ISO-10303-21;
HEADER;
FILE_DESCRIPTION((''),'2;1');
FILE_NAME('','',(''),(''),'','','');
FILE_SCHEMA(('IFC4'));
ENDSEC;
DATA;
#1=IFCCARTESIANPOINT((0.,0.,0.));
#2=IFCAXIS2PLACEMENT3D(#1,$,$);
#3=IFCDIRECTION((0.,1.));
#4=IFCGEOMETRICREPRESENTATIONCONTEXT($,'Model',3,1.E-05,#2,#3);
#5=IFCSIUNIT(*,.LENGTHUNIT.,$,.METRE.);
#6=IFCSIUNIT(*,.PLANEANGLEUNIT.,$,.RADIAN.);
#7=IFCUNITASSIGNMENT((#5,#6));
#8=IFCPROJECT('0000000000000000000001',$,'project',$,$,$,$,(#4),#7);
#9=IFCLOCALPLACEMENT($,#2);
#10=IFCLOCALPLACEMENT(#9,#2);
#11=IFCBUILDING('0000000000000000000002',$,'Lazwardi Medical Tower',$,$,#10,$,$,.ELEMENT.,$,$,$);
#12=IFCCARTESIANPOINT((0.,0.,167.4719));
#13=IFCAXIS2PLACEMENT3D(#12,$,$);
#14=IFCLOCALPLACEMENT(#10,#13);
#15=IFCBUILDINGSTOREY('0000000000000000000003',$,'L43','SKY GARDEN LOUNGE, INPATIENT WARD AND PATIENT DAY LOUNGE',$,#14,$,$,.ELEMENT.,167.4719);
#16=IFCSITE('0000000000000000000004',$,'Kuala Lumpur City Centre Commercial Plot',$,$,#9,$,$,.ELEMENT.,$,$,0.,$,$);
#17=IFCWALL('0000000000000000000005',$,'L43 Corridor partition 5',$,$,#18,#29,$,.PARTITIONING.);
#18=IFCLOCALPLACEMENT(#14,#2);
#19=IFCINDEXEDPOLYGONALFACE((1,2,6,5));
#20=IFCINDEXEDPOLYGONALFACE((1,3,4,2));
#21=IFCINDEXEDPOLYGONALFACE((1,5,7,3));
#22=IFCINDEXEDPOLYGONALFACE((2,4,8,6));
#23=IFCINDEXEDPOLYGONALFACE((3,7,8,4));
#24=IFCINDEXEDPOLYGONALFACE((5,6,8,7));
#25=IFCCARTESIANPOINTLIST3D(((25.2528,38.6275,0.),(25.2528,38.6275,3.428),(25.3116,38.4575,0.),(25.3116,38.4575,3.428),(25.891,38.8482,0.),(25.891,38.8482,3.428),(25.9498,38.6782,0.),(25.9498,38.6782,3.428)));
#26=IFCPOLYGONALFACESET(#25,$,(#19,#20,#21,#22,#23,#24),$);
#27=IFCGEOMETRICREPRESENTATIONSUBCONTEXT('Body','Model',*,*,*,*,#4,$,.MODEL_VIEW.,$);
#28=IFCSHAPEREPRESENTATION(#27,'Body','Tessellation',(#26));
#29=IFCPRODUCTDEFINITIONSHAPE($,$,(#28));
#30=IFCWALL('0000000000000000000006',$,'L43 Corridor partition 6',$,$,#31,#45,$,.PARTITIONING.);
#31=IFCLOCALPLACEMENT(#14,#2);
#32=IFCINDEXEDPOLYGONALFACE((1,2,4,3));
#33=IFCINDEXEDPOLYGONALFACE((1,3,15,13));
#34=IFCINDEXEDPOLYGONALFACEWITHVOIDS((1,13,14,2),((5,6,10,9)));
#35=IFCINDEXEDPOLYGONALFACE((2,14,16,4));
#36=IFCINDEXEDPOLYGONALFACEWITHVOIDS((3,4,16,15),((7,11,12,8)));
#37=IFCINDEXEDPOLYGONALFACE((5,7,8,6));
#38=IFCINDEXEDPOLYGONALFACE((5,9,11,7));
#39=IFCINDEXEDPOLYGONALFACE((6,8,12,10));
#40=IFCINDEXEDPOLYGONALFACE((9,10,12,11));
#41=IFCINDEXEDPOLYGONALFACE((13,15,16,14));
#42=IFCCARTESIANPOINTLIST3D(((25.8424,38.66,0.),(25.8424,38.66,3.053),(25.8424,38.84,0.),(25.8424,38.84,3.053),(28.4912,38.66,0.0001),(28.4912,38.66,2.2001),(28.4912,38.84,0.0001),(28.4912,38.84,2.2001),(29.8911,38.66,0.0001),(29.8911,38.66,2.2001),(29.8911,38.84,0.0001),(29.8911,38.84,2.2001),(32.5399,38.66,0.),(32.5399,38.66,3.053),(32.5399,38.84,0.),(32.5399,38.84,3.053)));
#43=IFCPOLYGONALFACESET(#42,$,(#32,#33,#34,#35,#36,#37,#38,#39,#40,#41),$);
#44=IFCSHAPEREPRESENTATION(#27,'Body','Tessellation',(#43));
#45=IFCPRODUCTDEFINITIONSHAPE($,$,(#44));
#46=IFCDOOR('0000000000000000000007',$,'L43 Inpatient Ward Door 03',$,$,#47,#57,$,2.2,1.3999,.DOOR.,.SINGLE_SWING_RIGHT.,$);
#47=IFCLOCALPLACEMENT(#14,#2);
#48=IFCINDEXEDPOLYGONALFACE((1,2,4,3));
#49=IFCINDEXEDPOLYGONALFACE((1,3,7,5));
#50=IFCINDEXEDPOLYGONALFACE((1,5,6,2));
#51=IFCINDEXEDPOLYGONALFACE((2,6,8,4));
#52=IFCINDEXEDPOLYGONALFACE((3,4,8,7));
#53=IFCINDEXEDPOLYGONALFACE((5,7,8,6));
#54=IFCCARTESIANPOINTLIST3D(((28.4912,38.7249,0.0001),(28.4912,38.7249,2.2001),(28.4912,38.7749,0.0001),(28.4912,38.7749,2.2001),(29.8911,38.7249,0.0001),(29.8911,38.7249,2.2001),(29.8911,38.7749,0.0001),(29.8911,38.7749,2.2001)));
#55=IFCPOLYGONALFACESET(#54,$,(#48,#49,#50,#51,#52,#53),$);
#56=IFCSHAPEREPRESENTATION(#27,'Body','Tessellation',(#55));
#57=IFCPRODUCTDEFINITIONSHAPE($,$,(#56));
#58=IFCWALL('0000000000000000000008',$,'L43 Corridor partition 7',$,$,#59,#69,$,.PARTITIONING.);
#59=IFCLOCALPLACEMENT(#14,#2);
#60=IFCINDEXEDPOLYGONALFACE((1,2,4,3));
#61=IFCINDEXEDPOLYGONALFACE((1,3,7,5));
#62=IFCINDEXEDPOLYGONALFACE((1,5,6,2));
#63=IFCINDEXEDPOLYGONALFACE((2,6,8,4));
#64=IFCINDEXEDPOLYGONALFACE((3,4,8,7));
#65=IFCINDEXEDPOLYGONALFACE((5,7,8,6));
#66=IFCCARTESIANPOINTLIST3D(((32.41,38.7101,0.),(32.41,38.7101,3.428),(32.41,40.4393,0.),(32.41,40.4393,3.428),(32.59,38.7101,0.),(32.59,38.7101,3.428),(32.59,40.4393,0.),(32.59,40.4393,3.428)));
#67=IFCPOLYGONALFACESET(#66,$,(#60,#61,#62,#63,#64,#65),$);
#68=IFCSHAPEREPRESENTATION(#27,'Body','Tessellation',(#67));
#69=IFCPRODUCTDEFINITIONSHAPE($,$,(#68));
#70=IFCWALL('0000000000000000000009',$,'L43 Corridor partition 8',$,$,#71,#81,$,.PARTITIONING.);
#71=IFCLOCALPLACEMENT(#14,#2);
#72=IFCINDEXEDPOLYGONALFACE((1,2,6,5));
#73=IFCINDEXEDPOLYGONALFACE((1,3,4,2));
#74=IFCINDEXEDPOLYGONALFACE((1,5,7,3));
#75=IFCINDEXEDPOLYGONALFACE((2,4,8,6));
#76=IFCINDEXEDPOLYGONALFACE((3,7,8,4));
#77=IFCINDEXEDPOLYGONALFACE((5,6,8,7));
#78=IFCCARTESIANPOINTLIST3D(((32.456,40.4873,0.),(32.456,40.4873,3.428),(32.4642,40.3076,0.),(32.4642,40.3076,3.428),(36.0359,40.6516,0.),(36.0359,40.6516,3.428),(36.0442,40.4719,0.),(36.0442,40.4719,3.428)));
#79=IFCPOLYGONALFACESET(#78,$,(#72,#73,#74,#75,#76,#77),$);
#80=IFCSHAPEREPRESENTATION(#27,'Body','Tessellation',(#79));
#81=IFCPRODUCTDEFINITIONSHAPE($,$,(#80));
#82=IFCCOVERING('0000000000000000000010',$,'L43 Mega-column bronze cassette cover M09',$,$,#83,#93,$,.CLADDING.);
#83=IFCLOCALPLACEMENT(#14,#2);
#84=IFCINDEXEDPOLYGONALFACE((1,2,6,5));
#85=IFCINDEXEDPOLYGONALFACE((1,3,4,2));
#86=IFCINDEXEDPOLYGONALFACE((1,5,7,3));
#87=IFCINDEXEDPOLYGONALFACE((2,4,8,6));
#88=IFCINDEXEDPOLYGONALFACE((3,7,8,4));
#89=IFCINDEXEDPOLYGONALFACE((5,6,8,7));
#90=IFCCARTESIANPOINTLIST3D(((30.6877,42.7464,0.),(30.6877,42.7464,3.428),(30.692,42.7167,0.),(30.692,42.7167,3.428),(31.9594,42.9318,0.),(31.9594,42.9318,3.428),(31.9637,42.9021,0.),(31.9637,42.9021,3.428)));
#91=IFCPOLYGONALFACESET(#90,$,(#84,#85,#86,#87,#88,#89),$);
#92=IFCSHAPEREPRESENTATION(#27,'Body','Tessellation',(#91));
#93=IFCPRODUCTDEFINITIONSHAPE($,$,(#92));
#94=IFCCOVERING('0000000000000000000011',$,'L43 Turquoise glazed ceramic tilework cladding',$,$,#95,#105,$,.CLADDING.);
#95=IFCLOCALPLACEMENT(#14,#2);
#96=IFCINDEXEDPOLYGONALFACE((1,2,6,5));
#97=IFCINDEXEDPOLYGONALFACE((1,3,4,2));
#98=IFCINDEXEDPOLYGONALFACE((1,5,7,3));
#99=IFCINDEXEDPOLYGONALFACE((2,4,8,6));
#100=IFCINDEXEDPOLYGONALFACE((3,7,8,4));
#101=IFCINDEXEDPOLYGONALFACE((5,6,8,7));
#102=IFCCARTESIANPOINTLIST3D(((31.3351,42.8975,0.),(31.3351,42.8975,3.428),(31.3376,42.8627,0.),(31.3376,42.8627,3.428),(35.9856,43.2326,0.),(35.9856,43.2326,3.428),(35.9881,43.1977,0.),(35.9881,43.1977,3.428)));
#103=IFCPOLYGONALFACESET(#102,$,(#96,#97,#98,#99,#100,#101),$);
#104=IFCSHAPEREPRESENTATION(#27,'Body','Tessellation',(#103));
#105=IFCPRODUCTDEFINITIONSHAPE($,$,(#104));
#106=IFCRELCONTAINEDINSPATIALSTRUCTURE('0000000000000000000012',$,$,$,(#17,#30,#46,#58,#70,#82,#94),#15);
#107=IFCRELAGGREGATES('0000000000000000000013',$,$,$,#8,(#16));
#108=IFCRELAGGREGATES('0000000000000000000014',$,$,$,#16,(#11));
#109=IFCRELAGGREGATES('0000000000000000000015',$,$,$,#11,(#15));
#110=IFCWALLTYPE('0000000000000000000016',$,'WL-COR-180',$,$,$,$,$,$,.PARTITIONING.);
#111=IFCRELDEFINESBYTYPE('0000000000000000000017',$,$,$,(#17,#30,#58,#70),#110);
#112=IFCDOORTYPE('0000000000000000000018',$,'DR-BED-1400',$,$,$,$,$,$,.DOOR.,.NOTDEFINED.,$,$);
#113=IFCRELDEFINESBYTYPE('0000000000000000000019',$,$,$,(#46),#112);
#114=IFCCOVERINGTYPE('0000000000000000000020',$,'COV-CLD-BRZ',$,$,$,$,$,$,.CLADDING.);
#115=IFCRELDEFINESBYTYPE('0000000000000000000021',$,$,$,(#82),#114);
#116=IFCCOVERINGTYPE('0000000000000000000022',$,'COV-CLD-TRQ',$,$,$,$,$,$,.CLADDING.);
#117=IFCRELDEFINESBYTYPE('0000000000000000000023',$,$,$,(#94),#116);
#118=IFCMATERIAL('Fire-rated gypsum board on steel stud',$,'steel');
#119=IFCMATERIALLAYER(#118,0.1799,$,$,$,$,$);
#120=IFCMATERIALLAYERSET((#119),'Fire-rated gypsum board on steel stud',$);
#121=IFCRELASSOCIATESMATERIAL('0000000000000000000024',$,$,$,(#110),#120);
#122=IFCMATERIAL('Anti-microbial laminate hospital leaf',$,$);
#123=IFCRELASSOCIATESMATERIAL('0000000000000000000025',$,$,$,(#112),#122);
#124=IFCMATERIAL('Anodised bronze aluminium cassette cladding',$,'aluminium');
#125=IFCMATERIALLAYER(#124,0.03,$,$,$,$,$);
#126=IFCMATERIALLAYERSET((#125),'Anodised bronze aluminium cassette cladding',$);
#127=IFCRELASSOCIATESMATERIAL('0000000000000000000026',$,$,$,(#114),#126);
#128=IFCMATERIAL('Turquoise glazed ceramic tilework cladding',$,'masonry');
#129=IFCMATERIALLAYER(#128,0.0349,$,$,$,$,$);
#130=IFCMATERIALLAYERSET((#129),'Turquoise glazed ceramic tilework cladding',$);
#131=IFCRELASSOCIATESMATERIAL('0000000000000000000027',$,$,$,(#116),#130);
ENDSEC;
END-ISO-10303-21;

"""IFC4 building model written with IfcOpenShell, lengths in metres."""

from ifc_helpers import new_model, si_unit, direction, frame, frame_2d, origin, origin_2d, place, context, subcontext, project, spatial, rectangle, extrude, material, layer, layer_set, type_object, element, fill, save


model = new_model("IFC4")

# Units and contexts
model_context = context("Model", 3, precision=1e-05, world=origin(), true_north=direction((0.0, 1.0)))
body_context = subcontext(model_context, "Body", "Model", "MODEL_VIEW")
ifc_project = project(units=[si_unit("LENGTHUNIT", "METRE"), si_unit("PLANEANGLEUNIT", "RADIAN")], contexts=[model_context])

# Site, building, storey
site_placement = place(None, origin())
site = spatial("IfcSite", under=ifc_project, at=site_placement, Name="Kuala Lumpur City Centre Commercial Plot", CompositionType="ELEMENT", RefElevation=0.0)
building_placement = place(site_placement, origin())
building = spatial("IfcBuilding", under=site, at=building_placement, Name="Lazwardi Medical Tower", CompositionType="ELEMENT")
storey_placement = place(building_placement, frame((0.0, 0.0, 167.4719)))
storey = spatial("IfcBuildingStorey", under=building, at=storey_placement, Name="L43", Description="SKY GARDEN LOUNGE, INPATIENT WARD AND PATIENT DAY LOUNGE", CompositionType="ELEMENT", Elevation=167.4719)

# Wall
ifc_material_1 = material(Name="Fire-rated gypsum board on steel stud", Category="steel")
ifc_layer_1 = layer(ifc_material_1, 0.1799)
ifc_layer_set_1 = layer_set([ifc_layer_1], Name="Fire-rated gypsum board on steel stud")
wall_type = type_object("IfcWallType", Name="WL-COR-180", PredefinedType="PARTITIONING", material=ifc_layer_set_1)
wall_1_placement = place(storey_placement, frame((25.2822, 38.5425, 0.0), z_axis=(0.0, 0.0, 1.0), x_axis=(0.945081, 0.326837, 0.0)))
element("IfcWall", 1, at=wall_1_placement, inside=storey, type_object=wall_type, Name="L43 Corridor partition 5", PredefinedType="PARTITIONING", context=body_context, shape_type="SweptSolid", body=[
    extrude(rectangle(XDim=0.6753, YDim=0.1799, at=frame_2d((0.3376, 0.0))), origin(), (0.0, 0.0, 1.0), 3.428),
])

# Wall, opening, door
wall_2_placement = place(storey_placement, frame((25.8425, 38.75, 0.0), z_axis=(0.0, 0.0, 1.0), x_axis=(1.0, 0.0, 0.0)))
wall_2 = element("IfcWall", 2, at=wall_2_placement, inside=storey, type_object=wall_type, Name="L43 Corridor partition 6", PredefinedType="PARTITIONING", context=body_context, shape_type="SweptSolid", body=[
    extrude(rectangle(XDim=6.6975, YDim=0.1799, at=frame_2d((3.3486, 0.0))), origin(), (0.0, 0.0, 1.0), 3.053),
])
opening_placement = place(wall_2_placement, frame((2.6487, 0.0, 0.0)))
opening = element("IfcOpeningElement", 3, at=opening_placement, cuts=wall_2, PredefinedType="OPENING", context=body_context, shape_type="SweptSolid", body=[
    extrude(rectangle(XDim=1.3999, YDim=2.2, at=frame_2d((0.7, 1.1001))), frame((0.0, 0.0999, 0.0), z_axis=(0.0, -1.0, 0.0), x_axis=(1.0, 0.0, 0.0)), (0.0, 0.0, 1.0), 0.2),
])
ifc_material_2 = material(Name="Anti-microbial laminate hospital leaf")
door_type = type_object("IfcDoorType", Name="DR-BED-1400", OperationType="NOTDEFINED", PredefinedType="DOOR", material=ifc_material_2)
door_placement = place(opening_placement, origin())
door = element("IfcDoor", 4, at=door_placement, inside=storey, type_object=door_type, Name="L43 Inpatient Ward Door 03", OperationType="SINGLE_SWING_RIGHT", OverallHeight=2.2, OverallWidth=1.3999, PredefinedType="DOOR", context=body_context, shape_type="SweptSolid", body=[
    extrude(rectangle(XDim=1.3999, YDim=2.2, at=frame_2d((0.7, 1.1001))), frame((0.0, 0.0249, 0.0), z_axis=(0.0, -1.0, 0.0), x_axis=(1.0, 0.0, 0.0)), (0.0, 0.0, 1.0), 0.05),
])
fill(opening, door)

# Walls
wall_3_placement = place(storey_placement, frame((32.5, 38.71, 0.0), z_axis=(0.0, 0.0, 1.0), x_axis=(0.0, 1.0, 0.0)))
element("IfcWall", 5, at=wall_3_placement, inside=storey, type_object=wall_type, Name="L43 Corridor partition 7", PredefinedType="PARTITIONING", context=body_context, shape_type="SweptSolid", body=[
    extrude(rectangle(XDim=1.7292, YDim=0.1799, at=frame_2d((0.8647, 0.0))), origin(), (0.0, 0.0, 1.0), 3.428),
])
wall_4_placement = place(storey_placement, frame((32.46, 40.3975, 0.0), z_axis=(0.0, 0.0, 1.0), x_axis=(0.998948, 0.045846, 0.0)))
element("IfcWall", 6, at=wall_4_placement, inside=storey, type_object=wall_type, Name="L43 Corridor partition 8", PredefinedType="PARTITIONING", context=body_context, shape_type="SweptSolid", body=[
    extrude(rectangle(XDim=3.5837, YDim=0.1799, at=frame_2d((1.792, 0.0))), origin(), (0.0, 0.0, 1.0), 3.428),
])

# Coverings
ifc_material_3 = material(Name="Anodised bronze aluminium cassette cladding", Category="aluminium")
ifc_layer_2 = layer(ifc_material_3, 0.03)
ifc_layer_set_2 = layer_set([ifc_layer_2], Name="Anodised bronze aluminium cassette cladding")
covering_type_1 = type_object("IfcCoveringType", Name="COV-CLD-BRZ", PredefinedType="CLADDING", material=ifc_layer_set_2)
covering_1_placement = place(storey_placement, frame((31.3257, 42.8242, 0.0), z_axis=(0.0, 0.0, 1.0), x_axis=(-0.989539, -0.144265, 0.0)))
element("IfcCovering", 7, at=covering_1_placement, inside=storey, type_object=covering_type_1, Name="L43 Mega-column bronze cassette cover M09", PredefinedType="CLADDING", context=body_context, shape_type="SweptSolid", body=[
    extrude(rectangle(XDim=1.2852, YDim=0.03, at=origin_2d()), origin(), (0.0, 0.0, 1.0), 3.428),
])
ifc_material_4 = material(Name="Turquoise glazed ceramic tilework cladding", Category="masonry")
ifc_layer_3 = layer(ifc_material_4, 0.0349)
ifc_layer_set_3 = layer_set([ifc_layer_3], Name="Turquoise glazed ceramic tilework cladding")
covering_type_2 = type_object("IfcCoveringType", Name="COV-CLD-TRQ", PredefinedType="CLADDING", material=ifc_layer_set_3)
covering_2_placement = place(storey_placement, frame((33.6616, 43.0476, 0.0), z_axis=(0.0, 0.0, 1.0), x_axis=(-0.997414, -0.071868, 0.0)))
element("IfcCovering", 8, at=covering_2_placement, inside=storey, type_object=covering_type_2, Name="L43 Turquoise glazed ceramic tilework cladding", PredefinedType="CLADDING", context=body_context, shape_type="SweptSolid", body=[
    extrude(rectangle(XDim=4.6626, YDim=0.0349, at=origin_2d()), origin(), (0.0, 0.0, 1.0), 3.428),
])

save(model, "model.ifc")
